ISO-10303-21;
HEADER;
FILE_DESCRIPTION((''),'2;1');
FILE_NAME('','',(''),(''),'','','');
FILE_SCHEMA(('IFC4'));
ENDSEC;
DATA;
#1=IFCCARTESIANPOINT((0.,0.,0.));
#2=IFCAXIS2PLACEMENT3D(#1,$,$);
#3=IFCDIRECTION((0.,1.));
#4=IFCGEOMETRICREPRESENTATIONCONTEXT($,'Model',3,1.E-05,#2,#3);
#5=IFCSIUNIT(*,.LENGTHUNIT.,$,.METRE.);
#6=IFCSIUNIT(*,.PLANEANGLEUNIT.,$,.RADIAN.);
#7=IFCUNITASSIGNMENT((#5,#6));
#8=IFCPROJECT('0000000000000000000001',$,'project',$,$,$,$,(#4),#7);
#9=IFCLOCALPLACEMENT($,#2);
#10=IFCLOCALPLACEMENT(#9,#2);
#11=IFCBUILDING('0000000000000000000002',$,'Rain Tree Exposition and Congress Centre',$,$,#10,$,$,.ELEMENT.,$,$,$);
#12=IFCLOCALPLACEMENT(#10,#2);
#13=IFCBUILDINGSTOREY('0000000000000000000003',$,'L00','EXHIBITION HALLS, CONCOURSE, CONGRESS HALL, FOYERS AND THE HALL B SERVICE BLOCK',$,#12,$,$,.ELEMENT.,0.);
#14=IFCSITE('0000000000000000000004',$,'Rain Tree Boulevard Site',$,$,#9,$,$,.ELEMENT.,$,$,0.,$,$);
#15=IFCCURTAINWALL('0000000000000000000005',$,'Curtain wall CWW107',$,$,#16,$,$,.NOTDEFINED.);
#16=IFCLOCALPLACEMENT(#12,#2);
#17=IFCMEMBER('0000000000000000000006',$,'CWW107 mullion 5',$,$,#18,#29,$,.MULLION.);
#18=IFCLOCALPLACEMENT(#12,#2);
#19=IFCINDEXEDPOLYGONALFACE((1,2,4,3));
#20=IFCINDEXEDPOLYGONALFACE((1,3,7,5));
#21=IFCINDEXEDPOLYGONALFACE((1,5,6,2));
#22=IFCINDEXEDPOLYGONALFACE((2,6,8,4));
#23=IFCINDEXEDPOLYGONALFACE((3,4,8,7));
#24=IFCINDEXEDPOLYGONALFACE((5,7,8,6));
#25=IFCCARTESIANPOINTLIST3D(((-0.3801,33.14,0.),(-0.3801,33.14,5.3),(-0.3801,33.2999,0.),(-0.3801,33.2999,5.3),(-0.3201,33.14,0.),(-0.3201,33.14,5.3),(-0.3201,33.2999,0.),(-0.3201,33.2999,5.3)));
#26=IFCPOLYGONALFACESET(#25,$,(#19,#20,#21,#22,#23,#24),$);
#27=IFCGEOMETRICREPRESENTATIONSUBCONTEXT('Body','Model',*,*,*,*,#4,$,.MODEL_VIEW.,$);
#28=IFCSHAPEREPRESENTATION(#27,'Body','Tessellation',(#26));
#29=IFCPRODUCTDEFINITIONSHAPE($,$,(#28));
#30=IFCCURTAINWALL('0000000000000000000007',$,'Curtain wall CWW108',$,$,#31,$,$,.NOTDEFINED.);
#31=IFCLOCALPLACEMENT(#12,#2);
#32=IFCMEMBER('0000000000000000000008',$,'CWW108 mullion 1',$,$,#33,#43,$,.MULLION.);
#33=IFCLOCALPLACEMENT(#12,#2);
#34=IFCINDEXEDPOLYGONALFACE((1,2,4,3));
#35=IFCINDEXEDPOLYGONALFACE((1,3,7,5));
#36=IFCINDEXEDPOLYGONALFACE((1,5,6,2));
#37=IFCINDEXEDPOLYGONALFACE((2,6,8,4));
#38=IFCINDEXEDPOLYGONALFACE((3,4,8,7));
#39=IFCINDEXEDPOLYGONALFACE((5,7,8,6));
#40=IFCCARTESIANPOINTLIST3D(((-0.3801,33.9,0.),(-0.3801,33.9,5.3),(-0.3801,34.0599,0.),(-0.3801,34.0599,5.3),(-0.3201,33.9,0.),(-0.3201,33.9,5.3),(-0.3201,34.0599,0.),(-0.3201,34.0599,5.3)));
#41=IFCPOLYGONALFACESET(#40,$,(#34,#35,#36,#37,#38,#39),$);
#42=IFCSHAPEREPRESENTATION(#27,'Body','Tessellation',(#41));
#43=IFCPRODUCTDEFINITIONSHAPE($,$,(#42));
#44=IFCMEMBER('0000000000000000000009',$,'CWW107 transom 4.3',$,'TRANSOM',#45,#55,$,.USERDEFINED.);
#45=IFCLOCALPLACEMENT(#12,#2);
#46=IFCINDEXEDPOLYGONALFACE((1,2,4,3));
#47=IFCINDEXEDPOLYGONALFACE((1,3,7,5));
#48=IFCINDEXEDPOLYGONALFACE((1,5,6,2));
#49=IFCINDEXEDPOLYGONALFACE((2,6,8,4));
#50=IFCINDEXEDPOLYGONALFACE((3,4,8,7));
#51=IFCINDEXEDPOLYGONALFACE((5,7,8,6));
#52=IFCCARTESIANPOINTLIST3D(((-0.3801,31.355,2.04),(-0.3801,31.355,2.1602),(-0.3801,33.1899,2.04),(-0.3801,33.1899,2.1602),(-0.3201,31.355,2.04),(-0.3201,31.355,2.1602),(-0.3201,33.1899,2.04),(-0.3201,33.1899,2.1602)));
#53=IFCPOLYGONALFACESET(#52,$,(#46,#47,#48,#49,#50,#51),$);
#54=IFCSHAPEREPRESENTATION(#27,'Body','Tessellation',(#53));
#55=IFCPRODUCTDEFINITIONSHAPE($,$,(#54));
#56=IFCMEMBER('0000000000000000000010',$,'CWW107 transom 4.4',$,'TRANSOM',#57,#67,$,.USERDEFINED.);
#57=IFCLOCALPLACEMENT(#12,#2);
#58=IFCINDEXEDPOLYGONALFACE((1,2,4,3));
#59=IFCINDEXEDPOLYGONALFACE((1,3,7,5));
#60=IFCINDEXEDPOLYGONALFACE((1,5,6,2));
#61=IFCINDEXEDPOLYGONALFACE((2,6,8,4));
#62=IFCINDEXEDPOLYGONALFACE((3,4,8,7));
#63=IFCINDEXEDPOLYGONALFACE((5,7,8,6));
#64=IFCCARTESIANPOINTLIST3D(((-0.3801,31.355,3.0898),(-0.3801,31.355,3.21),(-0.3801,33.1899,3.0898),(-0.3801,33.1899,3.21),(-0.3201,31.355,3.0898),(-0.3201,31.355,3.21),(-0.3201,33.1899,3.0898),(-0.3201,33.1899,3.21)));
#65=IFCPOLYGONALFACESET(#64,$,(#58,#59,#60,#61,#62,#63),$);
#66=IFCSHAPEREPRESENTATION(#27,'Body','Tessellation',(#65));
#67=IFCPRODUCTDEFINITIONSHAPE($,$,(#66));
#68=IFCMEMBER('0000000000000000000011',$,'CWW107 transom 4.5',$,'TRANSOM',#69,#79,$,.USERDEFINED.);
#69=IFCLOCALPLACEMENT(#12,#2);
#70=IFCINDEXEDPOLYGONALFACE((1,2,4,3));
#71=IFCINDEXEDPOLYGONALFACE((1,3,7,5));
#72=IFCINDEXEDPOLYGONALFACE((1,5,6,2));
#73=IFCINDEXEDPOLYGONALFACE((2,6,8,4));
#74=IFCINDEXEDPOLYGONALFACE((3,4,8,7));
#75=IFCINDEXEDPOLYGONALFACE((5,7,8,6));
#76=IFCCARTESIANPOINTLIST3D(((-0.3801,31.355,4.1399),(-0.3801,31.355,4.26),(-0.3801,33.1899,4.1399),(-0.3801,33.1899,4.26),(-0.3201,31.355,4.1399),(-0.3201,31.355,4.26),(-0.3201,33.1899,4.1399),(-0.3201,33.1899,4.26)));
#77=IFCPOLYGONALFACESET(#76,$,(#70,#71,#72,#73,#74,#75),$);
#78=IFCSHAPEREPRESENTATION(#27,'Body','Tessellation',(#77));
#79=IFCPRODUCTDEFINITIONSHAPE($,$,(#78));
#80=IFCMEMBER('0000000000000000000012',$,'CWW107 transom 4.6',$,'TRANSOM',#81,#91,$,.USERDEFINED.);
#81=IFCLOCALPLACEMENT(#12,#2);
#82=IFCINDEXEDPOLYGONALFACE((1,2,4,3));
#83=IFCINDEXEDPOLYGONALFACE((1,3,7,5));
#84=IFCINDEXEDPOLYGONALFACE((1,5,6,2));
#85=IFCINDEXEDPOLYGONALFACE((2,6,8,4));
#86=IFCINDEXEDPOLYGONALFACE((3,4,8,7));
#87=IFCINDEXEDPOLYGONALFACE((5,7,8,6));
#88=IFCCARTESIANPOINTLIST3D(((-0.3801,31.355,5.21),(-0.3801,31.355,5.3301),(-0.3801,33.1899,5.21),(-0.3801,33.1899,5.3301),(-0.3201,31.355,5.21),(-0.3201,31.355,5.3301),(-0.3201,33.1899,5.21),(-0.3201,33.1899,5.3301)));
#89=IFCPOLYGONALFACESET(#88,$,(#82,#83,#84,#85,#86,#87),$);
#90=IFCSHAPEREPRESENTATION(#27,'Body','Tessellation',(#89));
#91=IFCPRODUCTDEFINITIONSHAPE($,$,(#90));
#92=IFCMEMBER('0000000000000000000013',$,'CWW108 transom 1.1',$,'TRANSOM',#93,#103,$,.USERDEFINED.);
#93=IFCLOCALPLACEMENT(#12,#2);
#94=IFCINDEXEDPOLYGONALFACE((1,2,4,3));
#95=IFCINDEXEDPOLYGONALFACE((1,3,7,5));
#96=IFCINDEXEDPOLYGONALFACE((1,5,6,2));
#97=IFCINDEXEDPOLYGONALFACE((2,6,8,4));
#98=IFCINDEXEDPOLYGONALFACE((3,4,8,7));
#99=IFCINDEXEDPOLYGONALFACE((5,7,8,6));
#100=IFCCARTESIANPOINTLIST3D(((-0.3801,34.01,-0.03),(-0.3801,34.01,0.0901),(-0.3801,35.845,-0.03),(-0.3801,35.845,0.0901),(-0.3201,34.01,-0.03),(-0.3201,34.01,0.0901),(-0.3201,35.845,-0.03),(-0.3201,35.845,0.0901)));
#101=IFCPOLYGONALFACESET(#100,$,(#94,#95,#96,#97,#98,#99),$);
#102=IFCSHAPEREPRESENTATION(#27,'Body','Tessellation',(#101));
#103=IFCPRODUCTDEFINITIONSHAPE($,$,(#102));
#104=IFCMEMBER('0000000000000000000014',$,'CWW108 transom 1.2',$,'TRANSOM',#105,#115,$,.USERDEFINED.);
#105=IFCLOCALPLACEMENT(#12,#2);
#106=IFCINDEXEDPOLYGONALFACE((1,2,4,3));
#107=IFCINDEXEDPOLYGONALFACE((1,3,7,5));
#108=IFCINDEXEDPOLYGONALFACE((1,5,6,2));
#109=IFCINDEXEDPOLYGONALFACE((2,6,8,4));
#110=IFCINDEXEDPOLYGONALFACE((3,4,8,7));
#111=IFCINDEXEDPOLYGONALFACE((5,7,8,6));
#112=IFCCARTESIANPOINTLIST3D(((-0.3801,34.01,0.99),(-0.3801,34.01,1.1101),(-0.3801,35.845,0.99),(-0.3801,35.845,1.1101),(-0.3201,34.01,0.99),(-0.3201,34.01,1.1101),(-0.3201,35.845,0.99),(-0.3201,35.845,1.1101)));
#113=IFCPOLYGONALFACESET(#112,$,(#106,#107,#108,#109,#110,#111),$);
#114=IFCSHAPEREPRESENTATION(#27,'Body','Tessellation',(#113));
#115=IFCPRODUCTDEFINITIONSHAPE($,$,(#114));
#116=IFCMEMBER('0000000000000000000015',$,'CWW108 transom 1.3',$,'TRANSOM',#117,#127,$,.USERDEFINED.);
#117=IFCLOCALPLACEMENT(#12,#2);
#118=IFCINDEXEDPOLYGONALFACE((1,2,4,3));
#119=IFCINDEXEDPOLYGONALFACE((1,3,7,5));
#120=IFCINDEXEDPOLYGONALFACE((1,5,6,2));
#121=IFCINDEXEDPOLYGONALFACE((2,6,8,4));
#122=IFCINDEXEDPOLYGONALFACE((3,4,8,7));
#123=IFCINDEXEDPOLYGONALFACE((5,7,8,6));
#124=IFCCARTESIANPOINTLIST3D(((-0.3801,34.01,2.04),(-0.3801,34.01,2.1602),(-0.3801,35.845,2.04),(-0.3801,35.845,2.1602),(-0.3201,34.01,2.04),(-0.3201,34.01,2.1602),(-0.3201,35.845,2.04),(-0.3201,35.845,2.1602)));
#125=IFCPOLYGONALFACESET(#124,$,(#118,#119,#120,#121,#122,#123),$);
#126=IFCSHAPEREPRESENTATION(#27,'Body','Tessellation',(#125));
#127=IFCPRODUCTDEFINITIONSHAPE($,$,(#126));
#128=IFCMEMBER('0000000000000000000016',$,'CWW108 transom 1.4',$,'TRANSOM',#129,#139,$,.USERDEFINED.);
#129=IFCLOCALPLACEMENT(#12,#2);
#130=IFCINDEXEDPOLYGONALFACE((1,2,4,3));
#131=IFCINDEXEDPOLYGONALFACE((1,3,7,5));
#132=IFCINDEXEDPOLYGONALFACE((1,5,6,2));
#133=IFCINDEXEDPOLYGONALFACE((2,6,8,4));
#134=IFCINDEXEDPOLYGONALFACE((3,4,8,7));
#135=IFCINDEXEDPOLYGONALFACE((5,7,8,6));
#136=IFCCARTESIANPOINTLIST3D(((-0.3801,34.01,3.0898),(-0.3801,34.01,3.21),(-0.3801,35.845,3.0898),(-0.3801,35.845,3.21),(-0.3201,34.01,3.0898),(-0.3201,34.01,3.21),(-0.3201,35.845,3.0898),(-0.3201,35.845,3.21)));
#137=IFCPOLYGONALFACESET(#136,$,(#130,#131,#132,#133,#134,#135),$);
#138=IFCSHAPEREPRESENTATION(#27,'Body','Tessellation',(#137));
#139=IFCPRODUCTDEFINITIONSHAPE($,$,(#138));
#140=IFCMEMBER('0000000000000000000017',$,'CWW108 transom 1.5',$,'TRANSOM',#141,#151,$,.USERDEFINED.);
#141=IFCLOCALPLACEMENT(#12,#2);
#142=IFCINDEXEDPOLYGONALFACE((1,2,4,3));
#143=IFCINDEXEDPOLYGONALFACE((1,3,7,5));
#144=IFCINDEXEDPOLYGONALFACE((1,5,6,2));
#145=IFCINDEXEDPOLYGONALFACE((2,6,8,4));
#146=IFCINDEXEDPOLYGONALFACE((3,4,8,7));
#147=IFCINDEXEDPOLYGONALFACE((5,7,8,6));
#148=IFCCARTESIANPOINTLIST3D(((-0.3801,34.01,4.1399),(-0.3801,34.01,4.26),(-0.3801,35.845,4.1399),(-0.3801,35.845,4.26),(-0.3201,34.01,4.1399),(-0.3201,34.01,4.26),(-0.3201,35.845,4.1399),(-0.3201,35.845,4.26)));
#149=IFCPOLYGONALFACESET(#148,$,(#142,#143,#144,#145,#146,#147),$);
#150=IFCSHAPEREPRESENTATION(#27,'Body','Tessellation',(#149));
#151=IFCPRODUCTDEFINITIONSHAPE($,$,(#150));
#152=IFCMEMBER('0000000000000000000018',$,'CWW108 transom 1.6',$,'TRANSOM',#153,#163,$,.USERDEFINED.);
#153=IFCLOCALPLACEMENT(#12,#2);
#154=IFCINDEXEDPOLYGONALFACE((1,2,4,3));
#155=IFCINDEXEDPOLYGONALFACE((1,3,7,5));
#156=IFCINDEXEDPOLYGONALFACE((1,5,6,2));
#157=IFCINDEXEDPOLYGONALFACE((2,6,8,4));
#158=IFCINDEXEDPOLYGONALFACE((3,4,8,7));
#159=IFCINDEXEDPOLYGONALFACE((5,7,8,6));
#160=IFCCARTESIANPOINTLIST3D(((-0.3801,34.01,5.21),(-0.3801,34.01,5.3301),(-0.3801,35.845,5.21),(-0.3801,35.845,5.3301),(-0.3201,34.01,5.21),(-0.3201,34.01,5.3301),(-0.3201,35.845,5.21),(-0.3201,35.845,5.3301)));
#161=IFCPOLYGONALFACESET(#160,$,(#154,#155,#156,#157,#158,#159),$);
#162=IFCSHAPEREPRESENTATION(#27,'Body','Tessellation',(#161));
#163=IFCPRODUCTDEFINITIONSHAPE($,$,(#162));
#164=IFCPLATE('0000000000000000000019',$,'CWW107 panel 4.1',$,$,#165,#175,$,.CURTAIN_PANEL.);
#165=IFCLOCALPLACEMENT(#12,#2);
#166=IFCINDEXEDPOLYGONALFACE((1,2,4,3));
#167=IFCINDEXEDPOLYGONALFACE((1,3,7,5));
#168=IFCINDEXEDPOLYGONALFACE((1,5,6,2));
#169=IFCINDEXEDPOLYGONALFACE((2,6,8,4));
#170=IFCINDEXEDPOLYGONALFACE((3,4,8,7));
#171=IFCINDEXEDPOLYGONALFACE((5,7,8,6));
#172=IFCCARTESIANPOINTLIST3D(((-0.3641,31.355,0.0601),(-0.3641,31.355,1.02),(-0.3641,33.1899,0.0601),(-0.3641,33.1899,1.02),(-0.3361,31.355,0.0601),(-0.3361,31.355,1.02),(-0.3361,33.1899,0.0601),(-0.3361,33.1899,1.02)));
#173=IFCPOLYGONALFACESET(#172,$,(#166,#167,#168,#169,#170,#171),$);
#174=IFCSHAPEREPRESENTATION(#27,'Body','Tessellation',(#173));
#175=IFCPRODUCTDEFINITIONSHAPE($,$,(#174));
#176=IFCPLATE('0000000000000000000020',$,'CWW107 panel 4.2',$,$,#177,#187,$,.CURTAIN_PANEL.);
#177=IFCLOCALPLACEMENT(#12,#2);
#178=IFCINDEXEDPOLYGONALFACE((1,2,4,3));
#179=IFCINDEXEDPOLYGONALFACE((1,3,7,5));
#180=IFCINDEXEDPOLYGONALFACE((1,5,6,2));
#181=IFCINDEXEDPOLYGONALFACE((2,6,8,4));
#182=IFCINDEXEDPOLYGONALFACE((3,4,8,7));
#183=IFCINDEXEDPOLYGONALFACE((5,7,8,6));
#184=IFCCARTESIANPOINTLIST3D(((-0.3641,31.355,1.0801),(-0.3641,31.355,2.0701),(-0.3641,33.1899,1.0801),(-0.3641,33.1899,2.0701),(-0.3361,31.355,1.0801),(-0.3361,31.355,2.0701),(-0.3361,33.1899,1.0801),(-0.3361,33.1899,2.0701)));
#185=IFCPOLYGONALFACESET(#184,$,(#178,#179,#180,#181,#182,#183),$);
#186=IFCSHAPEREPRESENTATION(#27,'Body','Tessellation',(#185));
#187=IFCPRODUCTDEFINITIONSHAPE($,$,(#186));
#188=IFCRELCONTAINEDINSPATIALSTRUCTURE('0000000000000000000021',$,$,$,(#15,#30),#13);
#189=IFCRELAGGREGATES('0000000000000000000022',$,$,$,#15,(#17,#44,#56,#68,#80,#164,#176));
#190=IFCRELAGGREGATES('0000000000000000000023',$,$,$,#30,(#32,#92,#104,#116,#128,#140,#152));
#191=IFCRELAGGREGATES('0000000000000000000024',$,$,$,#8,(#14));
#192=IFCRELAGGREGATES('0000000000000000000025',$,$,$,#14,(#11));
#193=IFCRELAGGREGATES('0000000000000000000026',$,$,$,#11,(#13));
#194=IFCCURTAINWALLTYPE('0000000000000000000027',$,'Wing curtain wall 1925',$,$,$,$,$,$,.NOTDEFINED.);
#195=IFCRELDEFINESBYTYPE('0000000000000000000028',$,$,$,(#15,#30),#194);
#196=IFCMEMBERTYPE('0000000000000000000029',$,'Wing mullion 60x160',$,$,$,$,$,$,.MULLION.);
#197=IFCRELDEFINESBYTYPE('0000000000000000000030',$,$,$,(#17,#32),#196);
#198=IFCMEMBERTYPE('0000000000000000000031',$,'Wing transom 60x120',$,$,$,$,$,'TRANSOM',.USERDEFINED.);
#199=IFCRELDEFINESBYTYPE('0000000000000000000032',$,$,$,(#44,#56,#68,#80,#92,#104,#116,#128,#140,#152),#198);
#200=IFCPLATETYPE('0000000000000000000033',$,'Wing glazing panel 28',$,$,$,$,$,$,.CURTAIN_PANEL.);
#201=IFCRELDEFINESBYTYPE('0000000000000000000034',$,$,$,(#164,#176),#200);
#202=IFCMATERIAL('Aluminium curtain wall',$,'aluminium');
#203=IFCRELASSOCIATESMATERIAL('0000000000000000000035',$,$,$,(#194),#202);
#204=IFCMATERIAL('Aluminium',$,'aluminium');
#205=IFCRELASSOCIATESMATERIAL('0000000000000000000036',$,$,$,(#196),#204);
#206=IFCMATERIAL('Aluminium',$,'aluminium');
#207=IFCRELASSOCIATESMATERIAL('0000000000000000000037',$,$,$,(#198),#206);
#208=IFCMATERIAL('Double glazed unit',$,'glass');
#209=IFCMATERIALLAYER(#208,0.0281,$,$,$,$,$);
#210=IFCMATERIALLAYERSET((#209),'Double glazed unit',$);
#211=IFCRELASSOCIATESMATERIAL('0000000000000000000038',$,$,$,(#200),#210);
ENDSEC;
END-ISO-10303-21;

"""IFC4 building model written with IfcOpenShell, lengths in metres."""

from ifc_helpers import new_model, si_unit, direction, frame, origin, origin_2d, place, context, subcontext, project, spatial, rectangle, extrude, material, layer, layer_set, material_profile, profile_set, type_object, element, aggregate, save


model = new_model("IFC4")

# Units and contexts
model_context = context("Model", 3, precision=1e-05, world=origin(), true_north=direction((0.0, 1.0)))
body_context = subcontext(model_context, "Body", "Model", "MODEL_VIEW")
ifc_project = project(units=[si_unit("LENGTHUNIT", "METRE"), si_unit("PLANEANGLEUNIT", "RADIAN")], contexts=[model_context])

# Site, building, storey
site_placement = place(None, origin())
site = spatial("IfcSite", under=ifc_project, at=site_placement, Name="Rain Tree Boulevard Site", CompositionType="ELEMENT", RefElevation=0.0)
building_placement = place(site_placement, origin())
building = spatial("IfcBuilding", under=site, at=building_placement, Name="Rain Tree Exposition and Congress Centre", CompositionType="ELEMENT")
storey_placement = place(building_placement, origin())
storey = spatial("IfcBuildingStorey", under=building, at=storey_placement, Name="L00", Description="EXHIBITION HALLS, CONCOURSE, CONGRESS HALL, FOYERS AND THE HALL B SERVICE BLOCK", CompositionType="ELEMENT", Elevation=0.0)

# Curtain walls, members
ifc_material_1 = material(Name="Aluminium curtain wall", Category="aluminium")
curtain_wall_type = type_object("IfcCurtainWallType", Name="Wing curtain wall 1925", PredefinedType="NOTDEFINED", material=ifc_material_1)
curtain_wall_1_placement = place(storey_placement, origin())
curtain_wall_1 = element("IfcCurtainWall", 1, at=curtain_wall_1_placement, inside=storey, type_object=curtain_wall_type, Name="Curtain wall CWW107", PredefinedType="NOTDEFINED")
ifc_material_2 = material(Name="Aluminium", Category="aluminium")
ifc_material_profile_1 = material_profile(ifc_material_2, rectangle(XDim=0.0601, YDim=0.1599, at=origin_2d()), Name="Aluminium 60x160")
ifc_profile_set_1 = profile_set([ifc_material_profile_1], Name="Aluminium")
member_type_1 = type_object("IfcMemberType", Name="Wing mullion 60x160", PredefinedType="MULLION", material=ifc_profile_set_1)
member_1_placement = place(storey_placement, frame((-0.3501, 33.22, 0.0), z_axis=(0.0, 0.0, 1.0), x_axis=(-1.0, 0.0, 0.0)))
member_1 = element("IfcMember", 2, at=member_1_placement, type_object=member_type_1, Name="CWW107 mullion 5", PredefinedType="MULLION", context=body_context, shape_type="SweptSolid", body=[
    extrude(rectangle(XDim=0.0601, YDim=0.1599, at=origin_2d()), origin(), (0.0, 0.0, 1.0), 5.3),
])
curtain_wall_2_placement = place(storey_placement, origin())
curtain_wall_2 = element("IfcCurtainWall", 3, at=curtain_wall_2_placement, inside=storey, type_object=curtain_wall_type, Name="Curtain wall CWW108", PredefinedType="NOTDEFINED")
member_2_placement = place(storey_placement, frame((-0.3501, 33.98, 0.0), z_axis=(0.0, 0.0, 1.0), x_axis=(-1.0, 0.0, 0.0)))
member_2 = element("IfcMember", 4, at=member_2_placement, type_object=member_type_1, Name="CWW108 mullion 1", PredefinedType="MULLION", context=body_context, shape_type="SweptSolid", body=[
    extrude(rectangle(XDim=0.0601, YDim=0.1599, at=origin_2d()), origin(), (0.0, 0.0, 1.0), 5.3),
])

# Members
ifc_material_3 = material(Name="Aluminium", Category="aluminium")
ifc_material_profile_2 = material_profile(ifc_material_3, rectangle(XDim=0.0601, YDim=0.1201, at=origin_2d()), Name="Aluminium 60x120")
ifc_profile_set_2 = profile_set([ifc_material_profile_2], Name="Aluminium")
member_type_2 = type_object("IfcMemberType", Name="Wing transom 60x120", ElementType="TRANSOM", PredefinedType="USERDEFINED", material=ifc_profile_set_2)
member_3_placement = place(storey_placement, frame((-0.3501, 31.355, 2.1001), z_axis=(0.0, 1.0, 0.0), x_axis=(-1.0, 0.0, 0.0)))
member_3 = element("IfcMember", 5, at=member_3_placement, type_object=member_type_2, Name="CWW107 transom 4.3", ObjectType="TRANSOM", PredefinedType="USERDEFINED", context=body_context, shape_type="SweptSolid", body=[
    extrude(rectangle(XDim=0.0601, YDim=0.1201, at=origin_2d()), origin(), (0.0, 0.0, 1.0), 1.835),
])
member_4_placement = place(storey_placement, frame((-0.3501, 31.355, 3.1499), z_axis=(0.0, 1.0, 0.0), x_axis=(-1.0, 0.0, 0.0)))
member_4 = element("IfcMember", 6, at=member_4_placement, type_object=member_type_2, Name="CWW107 transom 4.4", ObjectType="TRANSOM", PredefinedType="USERDEFINED", context=body_context, shape_type="SweptSolid", body=[
    extrude(rectangle(XDim=0.0601, YDim=0.1201, at=origin_2d()), origin(), (0.0, 0.0, 1.0), 1.835),
])
member_5_placement = place(storey_placement, frame((-0.3501, 31.355, 4.2), z_axis=(0.0, 1.0, 0.0), x_axis=(-1.0, 0.0, 0.0)))
member_5 = element("IfcMember", 7, at=member_5_placement, type_object=member_type_2, Name="CWW107 transom 4.5", ObjectType="TRANSOM", PredefinedType="USERDEFINED", context=body_context, shape_type="SweptSolid", body=[
    extrude(rectangle(XDim=0.0601, YDim=0.1201, at=origin_2d()), origin(), (0.0, 0.0, 1.0), 1.835),
])
member_6_placement = place(storey_placement, frame((-0.3501, 31.355, 5.27), z_axis=(0.0, 1.0, 0.0), x_axis=(-1.0, 0.0, 0.0)))
member_6 = element("IfcMember", 8, at=member_6_placement, type_object=member_type_2, Name="CWW107 transom 4.6", ObjectType="TRANSOM", PredefinedType="USERDEFINED", context=body_context, shape_type="SweptSolid", body=[
    extrude(rectangle(XDim=0.0601, YDim=0.1201, at=origin_2d()), origin(), (0.0, 0.0, 1.0), 1.835),
])
member_7_placement = place(storey_placement, frame((-0.3501, 34.01, 0.03), z_axis=(0.0, 1.0, 0.0), x_axis=(-1.0, 0.0, 0.0)))
member_7 = element("IfcMember", 9, at=member_7_placement, type_object=member_type_2, Name="CWW108 transom 1.1", ObjectType="TRANSOM", PredefinedType="USERDEFINED", context=body_context, shape_type="SweptSolid", body=[
    extrude(rectangle(XDim=0.0601, YDim=0.1201, at=origin_2d()), origin(), (0.0, 0.0, 1.0), 1.835),
])
member_8_placement = place(storey_placement, frame((-0.3501, 34.01, 1.05), z_axis=(0.0, 1.0, 0.0), x_axis=(-1.0, 0.0, 0.0)))
member_8 = element("IfcMember", 10, at=member_8_placement, type_object=member_type_2, Name="CWW108 transom 1.2", ObjectType="TRANSOM", PredefinedType="USERDEFINED", context=body_context, shape_type="SweptSolid", body=[
    extrude(rectangle(XDim=0.0601, YDim=0.1201, at=origin_2d()), origin(), (0.0, 0.0, 1.0), 1.835),
])
member_9_placement = place(storey_placement, frame((-0.3501, 34.01, 2.1001), z_axis=(0.0, 1.0, 0.0), x_axis=(-1.0, 0.0, 0.0)))
member_9 = element("IfcMember", 11, at=member_9_placement, type_object=member_type_2, Name="CWW108 transom 1.3", ObjectType="TRANSOM", PredefinedType="USERDEFINED", context=body_context, shape_type="SweptSolid", body=[
    extrude(rectangle(XDim=0.0601, YDim=0.1201, at=origin_2d()), origin(), (0.0, 0.0, 1.0), 1.835),
])
member_10_placement = place(storey_placement, frame((-0.3501, 34.01, 3.1499), z_axis=(0.0, 1.0, 0.0), x_axis=(-1.0, 0.0, 0.0)))
member_10 = element("IfcMember", 12, at=member_10_placement, type_object=member_type_2, Name="CWW108 transom 1.4", ObjectType="TRANSOM", PredefinedType="USERDEFINED", context=body_context, shape_type="SweptSolid", body=[
    extrude(rectangle(XDim=0.0601, YDim=0.1201, at=origin_2d()), origin(), (0.0, 0.0, 1.0), 1.835),
])
member_11_placement = place(storey_placement, frame((-0.3501, 34.01, 4.2), z_axis=(0.0, 1.0, 0.0), x_axis=(-1.0, 0.0, 0.0)))
member_11 = element("IfcMember", 13, at=member_11_placement, type_object=member_type_2, Name="CWW108 transom 1.5", ObjectType="TRANSOM", PredefinedType="USERDEFINED", context=body_context, shape_type="SweptSolid", body=[
    extrude(rectangle(XDim=0.0601, YDim=0.1201, at=origin_2d()), origin(), (0.0, 0.0, 1.0), 1.835),
])
member_12_placement = place(storey_placement, frame((-0.3501, 34.01, 5.27), z_axis=(0.0, 1.0, 0.0), x_axis=(-1.0, 0.0, 0.0)))
member_12 = element("IfcMember", 14, at=member_12_placement, type_object=member_type_2, Name="CWW108 transom 1.6", ObjectType="TRANSOM", PredefinedType="USERDEFINED", context=body_context, shape_type="SweptSolid", body=[
    extrude(rectangle(XDim=0.0601, YDim=0.1201, at=origin_2d()), origin(), (0.0, 0.0, 1.0), 1.835),
])

# Plates
ifc_material_4 = material(Name="Double glazed unit", Category="glass")
ifc_layer_1 = layer(ifc_material_4, 0.0281)
ifc_layer_set_1 = layer_set([ifc_layer_1], Name="Double glazed unit")
plate_type = type_object("IfcPlateType", Name="Wing glazing panel 28", PredefinedType="CURTAIN_PANEL", material=ifc_layer_set_1)
plate_1_placement = place(storey_placement, frame((-0.3501, 32.2725, 0.0601), z_axis=(0.0, 0.0, 1.0), x_axis=(0.0, 1.0, 0.0)))
plate_1 = element("IfcPlate", 15, at=plate_1_placement, type_object=plate_type, Name="CWW107 panel 4.1", PredefinedType="CURTAIN_PANEL", context=body_context, shape_type="SweptSolid", body=[
    extrude(rectangle(XDim=1.835, YDim=0.0281, at=origin_2d()), origin(), (0.0, 0.0, 1.0), 0.96),
])
plate_2_placement = place(storey_placement, frame((-0.3501, 32.2725, 1.0801), z_axis=(0.0, 0.0, 1.0), x_axis=(0.0, 1.0, 0.0)))
plate_2 = element("IfcPlate", 16, at=plate_2_placement, type_object=plate_type, Name="CWW107 panel 4.2", PredefinedType="CURTAIN_PANEL", context=body_context, shape_type="SweptSolid", body=[
    extrude(rectangle(XDim=1.835, YDim=0.0281, at=origin_2d()), origin(), (0.0, 0.0, 1.0), 0.99),
])
aggregate(curtain_wall_1, [member_1, member_3, member_4, member_5, member_6, plate_1, plate_2])
aggregate(curtain_wall_2, [member_2, member_7, member_8, member_9, member_10, member_11, member_12])

save(model, "model.ifc")
